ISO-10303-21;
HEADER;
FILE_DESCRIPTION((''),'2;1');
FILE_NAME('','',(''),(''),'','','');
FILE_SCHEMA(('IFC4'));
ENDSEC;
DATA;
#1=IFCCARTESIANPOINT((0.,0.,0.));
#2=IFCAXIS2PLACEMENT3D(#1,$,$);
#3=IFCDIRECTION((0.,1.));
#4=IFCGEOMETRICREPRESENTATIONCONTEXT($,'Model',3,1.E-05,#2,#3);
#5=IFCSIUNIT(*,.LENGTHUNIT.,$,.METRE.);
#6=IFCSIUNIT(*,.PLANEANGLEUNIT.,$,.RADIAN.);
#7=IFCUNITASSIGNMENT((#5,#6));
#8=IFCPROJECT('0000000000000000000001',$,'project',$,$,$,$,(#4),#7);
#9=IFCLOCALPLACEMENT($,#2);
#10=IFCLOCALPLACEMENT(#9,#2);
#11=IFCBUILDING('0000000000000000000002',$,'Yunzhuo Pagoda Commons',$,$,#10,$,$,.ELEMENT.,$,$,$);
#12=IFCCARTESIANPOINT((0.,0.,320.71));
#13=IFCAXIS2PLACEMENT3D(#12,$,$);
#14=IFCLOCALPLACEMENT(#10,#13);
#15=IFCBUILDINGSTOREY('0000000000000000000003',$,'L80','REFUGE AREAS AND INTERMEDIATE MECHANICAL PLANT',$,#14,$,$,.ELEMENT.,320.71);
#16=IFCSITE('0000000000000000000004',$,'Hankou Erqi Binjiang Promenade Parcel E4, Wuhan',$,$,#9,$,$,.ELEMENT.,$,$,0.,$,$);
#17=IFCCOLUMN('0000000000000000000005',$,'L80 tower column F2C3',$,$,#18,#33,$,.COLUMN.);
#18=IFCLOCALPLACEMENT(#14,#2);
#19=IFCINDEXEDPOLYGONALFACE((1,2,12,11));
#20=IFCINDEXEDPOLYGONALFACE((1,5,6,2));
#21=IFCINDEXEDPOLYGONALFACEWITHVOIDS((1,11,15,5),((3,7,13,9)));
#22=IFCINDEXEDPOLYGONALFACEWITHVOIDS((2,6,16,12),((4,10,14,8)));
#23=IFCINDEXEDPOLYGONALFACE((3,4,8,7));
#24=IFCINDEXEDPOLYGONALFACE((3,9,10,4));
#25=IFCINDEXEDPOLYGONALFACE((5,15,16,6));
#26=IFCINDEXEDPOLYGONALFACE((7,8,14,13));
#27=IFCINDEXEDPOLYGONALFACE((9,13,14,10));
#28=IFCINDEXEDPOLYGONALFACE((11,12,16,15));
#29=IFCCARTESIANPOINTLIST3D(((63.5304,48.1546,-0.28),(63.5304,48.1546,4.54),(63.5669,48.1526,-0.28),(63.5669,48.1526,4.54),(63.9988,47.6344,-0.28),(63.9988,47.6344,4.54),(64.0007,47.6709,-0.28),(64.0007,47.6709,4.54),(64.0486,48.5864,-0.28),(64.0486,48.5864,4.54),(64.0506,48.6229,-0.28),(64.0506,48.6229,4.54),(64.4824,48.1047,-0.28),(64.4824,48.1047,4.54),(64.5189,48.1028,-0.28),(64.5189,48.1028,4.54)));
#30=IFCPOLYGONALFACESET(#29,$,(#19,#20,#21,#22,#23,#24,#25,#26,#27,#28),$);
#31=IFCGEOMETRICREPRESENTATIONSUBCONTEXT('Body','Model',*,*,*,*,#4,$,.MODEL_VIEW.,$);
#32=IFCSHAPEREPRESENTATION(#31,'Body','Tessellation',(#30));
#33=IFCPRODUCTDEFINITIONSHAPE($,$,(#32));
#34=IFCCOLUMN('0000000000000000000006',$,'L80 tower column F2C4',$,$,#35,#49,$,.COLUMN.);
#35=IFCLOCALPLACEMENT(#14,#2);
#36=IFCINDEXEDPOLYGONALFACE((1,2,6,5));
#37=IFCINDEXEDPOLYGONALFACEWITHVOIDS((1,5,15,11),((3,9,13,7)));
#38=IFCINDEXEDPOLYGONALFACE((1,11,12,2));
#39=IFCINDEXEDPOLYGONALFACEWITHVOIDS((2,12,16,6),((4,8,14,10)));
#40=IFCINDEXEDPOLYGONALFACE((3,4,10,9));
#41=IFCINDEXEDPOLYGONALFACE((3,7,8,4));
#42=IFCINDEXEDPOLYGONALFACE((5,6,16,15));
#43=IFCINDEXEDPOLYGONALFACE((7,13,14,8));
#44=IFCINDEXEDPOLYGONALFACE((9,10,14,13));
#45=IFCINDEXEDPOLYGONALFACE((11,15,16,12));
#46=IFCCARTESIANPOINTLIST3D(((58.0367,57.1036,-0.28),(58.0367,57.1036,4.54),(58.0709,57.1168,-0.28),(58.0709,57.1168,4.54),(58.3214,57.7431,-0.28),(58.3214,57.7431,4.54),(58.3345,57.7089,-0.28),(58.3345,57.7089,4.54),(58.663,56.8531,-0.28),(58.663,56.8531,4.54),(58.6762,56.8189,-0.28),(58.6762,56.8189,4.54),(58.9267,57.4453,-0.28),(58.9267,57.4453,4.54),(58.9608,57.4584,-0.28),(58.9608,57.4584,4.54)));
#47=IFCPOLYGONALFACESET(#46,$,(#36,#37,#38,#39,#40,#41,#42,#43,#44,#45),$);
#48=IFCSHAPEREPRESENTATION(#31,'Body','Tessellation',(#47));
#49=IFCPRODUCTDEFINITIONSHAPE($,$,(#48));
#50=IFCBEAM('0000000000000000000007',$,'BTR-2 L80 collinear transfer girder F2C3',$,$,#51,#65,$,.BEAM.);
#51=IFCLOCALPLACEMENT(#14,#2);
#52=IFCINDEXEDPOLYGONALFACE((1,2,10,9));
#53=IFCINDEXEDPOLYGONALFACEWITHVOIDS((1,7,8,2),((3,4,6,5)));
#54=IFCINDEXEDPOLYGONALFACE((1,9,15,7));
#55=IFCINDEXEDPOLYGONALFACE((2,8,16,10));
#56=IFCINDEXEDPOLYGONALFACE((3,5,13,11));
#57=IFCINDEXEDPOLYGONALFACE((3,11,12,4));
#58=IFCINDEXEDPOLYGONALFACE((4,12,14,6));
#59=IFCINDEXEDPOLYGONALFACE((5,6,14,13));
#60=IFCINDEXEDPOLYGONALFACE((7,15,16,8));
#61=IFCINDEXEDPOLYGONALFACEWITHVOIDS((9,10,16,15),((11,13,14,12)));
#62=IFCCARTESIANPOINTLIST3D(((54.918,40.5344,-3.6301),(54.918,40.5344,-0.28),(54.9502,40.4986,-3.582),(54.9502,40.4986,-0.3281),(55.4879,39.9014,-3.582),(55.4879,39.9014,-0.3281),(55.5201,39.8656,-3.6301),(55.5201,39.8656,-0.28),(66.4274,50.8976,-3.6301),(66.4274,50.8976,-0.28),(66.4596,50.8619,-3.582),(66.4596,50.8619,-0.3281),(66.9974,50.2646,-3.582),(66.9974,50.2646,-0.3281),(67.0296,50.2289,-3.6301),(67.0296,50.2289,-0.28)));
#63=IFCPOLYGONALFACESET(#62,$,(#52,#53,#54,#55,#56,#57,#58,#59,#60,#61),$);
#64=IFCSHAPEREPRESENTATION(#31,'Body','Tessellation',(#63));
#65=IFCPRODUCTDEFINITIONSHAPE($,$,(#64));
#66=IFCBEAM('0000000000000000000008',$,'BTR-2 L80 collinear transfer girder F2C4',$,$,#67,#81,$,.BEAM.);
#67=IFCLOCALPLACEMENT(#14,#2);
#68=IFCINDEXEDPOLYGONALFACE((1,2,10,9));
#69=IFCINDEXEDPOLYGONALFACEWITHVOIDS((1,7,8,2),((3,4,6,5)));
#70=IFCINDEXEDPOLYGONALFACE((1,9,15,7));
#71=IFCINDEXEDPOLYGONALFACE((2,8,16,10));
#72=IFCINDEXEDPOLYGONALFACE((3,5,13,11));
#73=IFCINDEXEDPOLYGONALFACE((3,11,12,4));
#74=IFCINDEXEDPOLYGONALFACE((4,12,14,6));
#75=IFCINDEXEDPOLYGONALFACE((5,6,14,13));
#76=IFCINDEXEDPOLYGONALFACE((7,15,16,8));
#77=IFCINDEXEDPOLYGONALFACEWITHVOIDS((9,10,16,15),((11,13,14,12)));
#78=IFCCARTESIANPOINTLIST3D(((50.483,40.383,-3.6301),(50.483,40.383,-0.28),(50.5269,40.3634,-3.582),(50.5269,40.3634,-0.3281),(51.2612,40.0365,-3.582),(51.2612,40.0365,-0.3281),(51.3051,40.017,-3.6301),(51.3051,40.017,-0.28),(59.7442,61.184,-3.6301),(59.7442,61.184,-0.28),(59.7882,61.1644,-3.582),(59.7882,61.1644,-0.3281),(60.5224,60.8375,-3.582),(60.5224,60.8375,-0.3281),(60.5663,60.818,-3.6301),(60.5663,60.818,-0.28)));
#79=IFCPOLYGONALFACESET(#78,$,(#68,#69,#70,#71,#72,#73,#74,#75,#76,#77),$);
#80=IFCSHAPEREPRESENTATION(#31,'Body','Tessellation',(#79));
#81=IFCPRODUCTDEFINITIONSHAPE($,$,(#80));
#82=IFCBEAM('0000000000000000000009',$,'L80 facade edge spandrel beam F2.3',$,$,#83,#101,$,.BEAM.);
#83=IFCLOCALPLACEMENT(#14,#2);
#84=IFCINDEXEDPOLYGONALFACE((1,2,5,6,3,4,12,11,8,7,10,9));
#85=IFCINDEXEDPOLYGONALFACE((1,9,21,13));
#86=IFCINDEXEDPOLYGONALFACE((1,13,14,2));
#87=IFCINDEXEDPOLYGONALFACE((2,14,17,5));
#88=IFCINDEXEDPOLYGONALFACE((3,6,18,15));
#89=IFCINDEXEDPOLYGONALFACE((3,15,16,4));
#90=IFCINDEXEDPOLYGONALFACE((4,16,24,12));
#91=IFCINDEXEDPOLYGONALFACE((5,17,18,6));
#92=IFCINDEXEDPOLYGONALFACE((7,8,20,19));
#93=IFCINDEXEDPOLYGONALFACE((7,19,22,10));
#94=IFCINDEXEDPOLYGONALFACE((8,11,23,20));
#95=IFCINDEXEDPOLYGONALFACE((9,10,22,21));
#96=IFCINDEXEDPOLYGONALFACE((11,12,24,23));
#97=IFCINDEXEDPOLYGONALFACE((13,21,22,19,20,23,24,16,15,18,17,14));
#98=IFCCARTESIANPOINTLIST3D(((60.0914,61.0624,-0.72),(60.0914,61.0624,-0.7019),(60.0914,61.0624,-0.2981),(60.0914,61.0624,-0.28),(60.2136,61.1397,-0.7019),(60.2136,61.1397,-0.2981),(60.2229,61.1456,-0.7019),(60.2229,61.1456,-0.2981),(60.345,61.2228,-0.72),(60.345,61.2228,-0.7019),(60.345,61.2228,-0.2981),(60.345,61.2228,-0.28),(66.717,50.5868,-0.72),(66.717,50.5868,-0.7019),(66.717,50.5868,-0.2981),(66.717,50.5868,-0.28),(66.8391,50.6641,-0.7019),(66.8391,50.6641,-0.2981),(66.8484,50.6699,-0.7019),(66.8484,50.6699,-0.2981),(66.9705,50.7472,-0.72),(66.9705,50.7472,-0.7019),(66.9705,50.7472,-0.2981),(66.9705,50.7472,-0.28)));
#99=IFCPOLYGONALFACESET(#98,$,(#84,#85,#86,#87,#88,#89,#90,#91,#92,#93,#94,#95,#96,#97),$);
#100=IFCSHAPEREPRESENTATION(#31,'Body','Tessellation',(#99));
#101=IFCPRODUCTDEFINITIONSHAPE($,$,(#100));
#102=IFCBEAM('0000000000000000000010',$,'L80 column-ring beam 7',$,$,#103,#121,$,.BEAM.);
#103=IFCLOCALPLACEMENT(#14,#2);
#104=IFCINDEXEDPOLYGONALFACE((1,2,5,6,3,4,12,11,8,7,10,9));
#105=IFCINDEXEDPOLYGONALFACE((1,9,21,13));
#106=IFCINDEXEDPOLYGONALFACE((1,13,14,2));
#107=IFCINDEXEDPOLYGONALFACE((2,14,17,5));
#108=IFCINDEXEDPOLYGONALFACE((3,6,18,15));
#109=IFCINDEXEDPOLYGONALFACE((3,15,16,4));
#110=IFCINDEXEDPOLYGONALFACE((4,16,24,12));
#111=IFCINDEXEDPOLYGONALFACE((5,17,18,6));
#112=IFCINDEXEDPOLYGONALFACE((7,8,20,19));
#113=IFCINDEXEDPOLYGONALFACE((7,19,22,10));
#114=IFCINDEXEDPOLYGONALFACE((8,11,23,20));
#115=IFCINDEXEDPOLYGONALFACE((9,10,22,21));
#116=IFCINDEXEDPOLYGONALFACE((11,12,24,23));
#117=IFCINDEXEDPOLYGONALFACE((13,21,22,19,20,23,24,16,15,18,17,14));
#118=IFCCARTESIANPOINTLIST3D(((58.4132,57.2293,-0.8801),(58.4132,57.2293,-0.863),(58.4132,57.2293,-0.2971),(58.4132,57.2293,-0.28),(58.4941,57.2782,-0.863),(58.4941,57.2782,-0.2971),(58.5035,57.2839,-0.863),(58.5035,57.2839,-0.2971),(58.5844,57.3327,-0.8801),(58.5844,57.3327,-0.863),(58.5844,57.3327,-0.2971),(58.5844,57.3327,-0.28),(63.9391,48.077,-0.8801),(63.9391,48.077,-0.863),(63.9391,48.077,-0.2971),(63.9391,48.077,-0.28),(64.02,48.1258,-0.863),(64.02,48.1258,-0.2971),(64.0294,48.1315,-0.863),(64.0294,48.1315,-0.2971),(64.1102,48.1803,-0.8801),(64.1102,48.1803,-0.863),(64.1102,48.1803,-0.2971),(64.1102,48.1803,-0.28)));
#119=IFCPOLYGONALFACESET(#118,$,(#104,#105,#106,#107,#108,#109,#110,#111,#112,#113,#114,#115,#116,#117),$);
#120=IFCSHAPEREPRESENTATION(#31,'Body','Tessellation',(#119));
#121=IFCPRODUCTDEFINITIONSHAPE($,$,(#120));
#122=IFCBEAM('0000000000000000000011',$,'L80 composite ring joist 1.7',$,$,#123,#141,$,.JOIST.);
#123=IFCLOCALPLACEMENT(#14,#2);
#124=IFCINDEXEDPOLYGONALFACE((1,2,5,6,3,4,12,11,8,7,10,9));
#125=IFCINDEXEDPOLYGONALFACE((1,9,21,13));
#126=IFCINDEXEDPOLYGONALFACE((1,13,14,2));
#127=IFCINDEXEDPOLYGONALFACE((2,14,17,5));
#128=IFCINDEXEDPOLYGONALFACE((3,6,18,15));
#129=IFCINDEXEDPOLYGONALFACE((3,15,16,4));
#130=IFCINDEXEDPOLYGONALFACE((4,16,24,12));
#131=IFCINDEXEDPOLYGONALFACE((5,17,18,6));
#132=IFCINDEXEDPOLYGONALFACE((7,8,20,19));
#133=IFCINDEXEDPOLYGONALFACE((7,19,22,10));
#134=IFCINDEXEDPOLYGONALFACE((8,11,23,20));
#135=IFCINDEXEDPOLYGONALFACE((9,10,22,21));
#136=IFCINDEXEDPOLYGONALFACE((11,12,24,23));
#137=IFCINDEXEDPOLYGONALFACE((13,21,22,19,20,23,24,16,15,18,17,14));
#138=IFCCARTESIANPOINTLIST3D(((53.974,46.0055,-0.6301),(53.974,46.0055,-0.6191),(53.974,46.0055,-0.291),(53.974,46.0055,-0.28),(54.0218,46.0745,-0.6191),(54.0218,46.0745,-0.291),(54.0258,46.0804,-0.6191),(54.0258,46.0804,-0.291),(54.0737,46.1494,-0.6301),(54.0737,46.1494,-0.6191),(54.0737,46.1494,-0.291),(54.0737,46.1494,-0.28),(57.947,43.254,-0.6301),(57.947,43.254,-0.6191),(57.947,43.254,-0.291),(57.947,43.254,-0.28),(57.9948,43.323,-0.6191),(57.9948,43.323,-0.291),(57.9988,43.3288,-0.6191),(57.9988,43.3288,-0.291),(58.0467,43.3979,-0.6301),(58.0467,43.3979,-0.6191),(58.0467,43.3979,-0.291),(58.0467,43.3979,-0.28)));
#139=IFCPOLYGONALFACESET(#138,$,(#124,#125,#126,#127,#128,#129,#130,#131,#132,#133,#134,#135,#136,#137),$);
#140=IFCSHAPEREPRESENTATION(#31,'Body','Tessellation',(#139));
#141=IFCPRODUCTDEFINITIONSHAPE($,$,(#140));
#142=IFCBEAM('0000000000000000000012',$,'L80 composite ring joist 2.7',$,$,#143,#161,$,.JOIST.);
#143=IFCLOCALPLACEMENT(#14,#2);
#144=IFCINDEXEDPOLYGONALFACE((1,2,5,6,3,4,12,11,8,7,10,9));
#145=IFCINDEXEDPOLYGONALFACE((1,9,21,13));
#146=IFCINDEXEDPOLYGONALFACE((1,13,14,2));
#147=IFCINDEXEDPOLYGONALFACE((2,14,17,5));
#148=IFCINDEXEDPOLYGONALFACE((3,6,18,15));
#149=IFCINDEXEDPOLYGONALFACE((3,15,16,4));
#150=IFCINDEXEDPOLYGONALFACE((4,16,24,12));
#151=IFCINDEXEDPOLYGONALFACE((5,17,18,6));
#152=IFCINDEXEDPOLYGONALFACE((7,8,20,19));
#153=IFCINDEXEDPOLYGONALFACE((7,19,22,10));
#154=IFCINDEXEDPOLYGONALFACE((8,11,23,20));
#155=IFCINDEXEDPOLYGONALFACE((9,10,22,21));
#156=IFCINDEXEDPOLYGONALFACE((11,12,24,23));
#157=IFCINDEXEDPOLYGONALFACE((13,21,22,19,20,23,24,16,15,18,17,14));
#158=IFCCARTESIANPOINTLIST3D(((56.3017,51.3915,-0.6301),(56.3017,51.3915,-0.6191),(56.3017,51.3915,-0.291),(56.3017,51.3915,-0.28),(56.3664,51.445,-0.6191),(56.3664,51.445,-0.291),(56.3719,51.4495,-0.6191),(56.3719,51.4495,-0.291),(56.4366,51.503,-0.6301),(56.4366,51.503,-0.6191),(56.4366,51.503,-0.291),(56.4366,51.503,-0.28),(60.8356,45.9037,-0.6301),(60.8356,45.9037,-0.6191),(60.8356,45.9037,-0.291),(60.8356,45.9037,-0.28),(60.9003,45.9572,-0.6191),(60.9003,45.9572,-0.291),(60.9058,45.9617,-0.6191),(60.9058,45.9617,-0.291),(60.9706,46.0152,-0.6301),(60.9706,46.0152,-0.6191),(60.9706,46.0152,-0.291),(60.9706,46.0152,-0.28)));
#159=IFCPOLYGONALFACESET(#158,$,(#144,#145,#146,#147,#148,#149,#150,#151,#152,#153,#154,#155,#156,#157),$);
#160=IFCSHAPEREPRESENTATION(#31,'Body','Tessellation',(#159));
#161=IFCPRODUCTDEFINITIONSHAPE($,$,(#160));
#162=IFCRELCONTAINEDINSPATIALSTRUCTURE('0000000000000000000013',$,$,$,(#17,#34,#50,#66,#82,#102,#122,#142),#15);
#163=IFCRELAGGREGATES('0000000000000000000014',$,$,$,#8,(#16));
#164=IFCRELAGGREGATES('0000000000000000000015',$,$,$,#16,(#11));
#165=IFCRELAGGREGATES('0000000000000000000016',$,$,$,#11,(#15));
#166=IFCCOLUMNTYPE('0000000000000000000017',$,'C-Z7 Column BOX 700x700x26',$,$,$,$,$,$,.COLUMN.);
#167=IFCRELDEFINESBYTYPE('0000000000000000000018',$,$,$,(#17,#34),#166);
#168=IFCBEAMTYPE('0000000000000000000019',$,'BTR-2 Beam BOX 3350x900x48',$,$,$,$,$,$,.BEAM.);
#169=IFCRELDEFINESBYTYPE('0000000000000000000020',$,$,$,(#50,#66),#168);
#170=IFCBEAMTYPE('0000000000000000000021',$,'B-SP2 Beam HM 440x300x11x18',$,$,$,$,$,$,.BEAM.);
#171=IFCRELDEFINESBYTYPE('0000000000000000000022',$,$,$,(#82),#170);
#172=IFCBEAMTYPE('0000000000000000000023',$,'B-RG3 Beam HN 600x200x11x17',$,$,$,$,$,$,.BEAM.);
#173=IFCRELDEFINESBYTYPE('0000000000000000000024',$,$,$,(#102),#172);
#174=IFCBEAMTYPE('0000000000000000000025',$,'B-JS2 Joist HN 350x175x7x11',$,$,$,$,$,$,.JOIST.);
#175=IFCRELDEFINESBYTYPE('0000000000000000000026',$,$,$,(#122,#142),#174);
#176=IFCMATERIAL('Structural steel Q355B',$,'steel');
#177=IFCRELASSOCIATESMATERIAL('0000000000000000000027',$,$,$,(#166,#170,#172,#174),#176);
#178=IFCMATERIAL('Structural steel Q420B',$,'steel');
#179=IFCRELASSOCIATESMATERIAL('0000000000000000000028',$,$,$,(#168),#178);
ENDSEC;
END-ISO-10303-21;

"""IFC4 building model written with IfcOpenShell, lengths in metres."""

from ifc_helpers import new_model, si_unit, direction, frame, origin, origin_2d, place, context, subcontext, project, spatial, hollow_rectangle, i_section, extrude, source, transform, mapped, material, material_profile, profile_set, type_object, element, save


model = new_model("IFC4")

# Units and contexts
model_context = context("Model", 3, precision=1e-05, world=origin(), true_north=direction((0.0, 1.0)))
body_context = subcontext(model_context, "Body", "Model", "MODEL_VIEW")
ifc_project = project(units=[si_unit("LENGTHUNIT", "METRE"), si_unit("PLANEANGLEUNIT", "RADIAN")], contexts=[model_context])

# Site, building, storey
site_placement = place(None, origin())
site = spatial("IfcSite", under=ifc_project, at=site_placement, Name="Hankou Erqi Binjiang Promenade Parcel E4, Wuhan", CompositionType="ELEMENT", RefElevation=0.0)
building_placement = place(site_placement, origin())
building = spatial("IfcBuilding", under=site, at=building_placement, Name="Yunzhuo Pagoda Commons", CompositionType="ELEMENT")
storey_placement = place(building_placement, frame((0.0, 0.0, 320.71)))
storey = spatial("IfcBuildingStorey", under=building, at=storey_placement, Name="L80", Description="REFUGE AREAS AND INTERMEDIATE MECHANICAL PLANT", CompositionType="ELEMENT", Elevation=320.71)

# Columns
ifc_material_1 = material(Name="Structural steel Q355B", Category="steel")
ifc_material_profile_1 = material_profile(ifc_material_1, hollow_rectangle(XDim=0.7, YDim=0.7, WallThickness=0.0259, at=origin_2d()), Name="Structural steel Q355B")
ifc_profile_set_1 = profile_set([ifc_material_profile_1], Name="Structural steel Q355B")
column_type = type_object("IfcColumnType", Name="C-Z7 Column BOX 700x700x26", PredefinedType="COLUMN", material=ifc_profile_set_1)
shared_shape_1 = source(origin(), body_context, "Body", "SweptSolid", [
    extrude(hollow_rectangle(XDim=0.7, YDim=0.7, WallThickness=0.0259, at=origin_2d()), origin(), (0.0, 0.0, 1.0), 4.8201),
])
for number, where, z_axis, x_axis, name in (
    (1, (64.0247, 48.1287, -0.28), (0.0, 0.0, 1.0), (-0.669131, 0.743145, 0.0), "L80 tower column F2C3"),
    (2, (58.4988, 57.281, -0.28), (0.0, 0.0, 1.0), (-0.913545, 0.406737, 0.0), "L80 tower column F2C4"),
):
    element("IfcColumn", number, at=place(storey_placement, frame(where, z_axis=z_axis, x_axis=x_axis)), inside=storey, type_object=column_type, Name=name, PredefinedType="COLUMN", context=body_context, shape_type="MappedRepresentation", body=[
        mapped(shared_shape_1, transform((0.0, 0.0, 0.0), scale=1.0)),
    ])

# Beams
ifc_material_2 = material(Name="Structural steel Q420B", Category="steel")
ifc_material_profile_2 = material_profile(ifc_material_2, hollow_rectangle(XDim=0.8999, YDim=3.3501, WallThickness=0.0481, at=origin_2d()), Name="Structural steel Q420B")
ifc_profile_set_2 = profile_set([ifc_material_profile_2], Name="Structural steel Q420B")
beam_type_1 = type_object("IfcBeamType", Name="BTR-2 Beam BOX 3350x900x48", PredefinedType="BEAM", material=ifc_profile_set_2)
shared_shape_2 = source(origin(), body_context, "Body", "SweptSolid", [
    extrude(hollow_rectangle(XDim=0.8999, YDim=3.3501, WallThickness=0.0481, at=origin_2d()), origin(), (0.0, 0.0, 1.0), 15.4875),
])
beam_1_placement = place(storey_placement, frame((66.7285, 50.5632, -1.9551), z_axis=(-0.743143, -0.669133, 0.0), x_axis=(0.669133, -0.743143, 0.0)))
element("IfcBeam", 3, at=beam_1_placement, inside=storey, type_object=beam_type_1, Name="BTR-2 L80 collinear transfer girder F2C3", PredefinedType="BEAM", context=body_context, shape_type="MappedRepresentation", body=[
    mapped(shared_shape_2, transform((0.0, 0.0, 0.0), scale=1.0)),
])
shared_shape_3 = source(origin(), body_context, "Body", "SweptSolid", [
    extrude(hollow_rectangle(XDim=0.8999, YDim=3.3501, WallThickness=0.0481, at=origin_2d()), origin(), (0.0, 0.0, 1.0), 22.7695),
])
beam_2_placement = place(storey_placement, frame((60.1553, 61.001, -1.9551), z_axis=(-0.406737, -0.913545, 0.0), x_axis=(0.913545, -0.406737, 0.0)))
element("IfcBeam", 4, at=beam_2_placement, inside=storey, type_object=beam_type_1, Name="BTR-2 L80 collinear transfer girder F2C4", PredefinedType="BEAM", context=body_context, shape_type="MappedRepresentation", body=[
    mapped(shared_shape_3, transform((0.0, 0.0, 0.0), scale=1.0)),
])
ifc_material_profile_3 = material_profile(ifc_material_1, i_section(OverallWidth=0.3, OverallDepth=0.4399, WebThickness=0.011, FlangeThickness=0.0181, at=origin_2d()), Name="Structural steel Q355B")
ifc_profile_set_3 = profile_set([ifc_material_profile_3], Name="Structural steel Q355B")
beam_type_2 = type_object("IfcBeamType", Name="B-SP2 Beam HM 440x300x11x18", PredefinedType="BEAM", material=ifc_profile_set_3)
shared_shape_4 = source(origin(), body_context, "Body", "SweptSolid", [
    extrude(i_section(OverallWidth=0.3, OverallDepth=0.4399, WebThickness=0.011, FlangeThickness=0.0181, at=origin_2d()), origin(), (0.0, 0.0, 1.0), 12.395),
])
beam_3_placement = place(storey_placement, frame((66.8438, 50.667, -0.5), z_axis=(-0.534531, 0.845149, 0.0), x_axis=(-0.845149, -0.534531, 0.0)))
element("IfcBeam", 5, at=beam_3_placement, inside=storey, type_object=beam_type_2, Name="L80 facade edge spandrel beam F2.3", PredefinedType="BEAM", context=body_context, shape_type="MappedRepresentation", body=[
    mapped(shared_shape_4, transform((0.0, 0.0, 0.0), scale=1.0)),
])
ifc_material_profile_4 = material_profile(ifc_material_1, i_section(OverallWidth=0.2, OverallDepth=0.6001, WebThickness=0.011, FlangeThickness=0.0171, at=origin_2d()), Name="Structural steel Q355B")
ifc_profile_set_4 = profile_set([ifc_material_profile_4], Name="Structural steel Q355B")
beam_type_3 = type_object("IfcBeamType", Name="B-RG3 Beam HN 600x200x11x17", PredefinedType="BEAM", material=ifc_profile_set_4)
shared_shape_5 = source(origin(), body_context, "Body", "SweptSolid", [
    extrude(i_section(OverallWidth=0.2, OverallDepth=0.6001, WebThickness=0.011, FlangeThickness=0.0171, at=origin_2d()), origin(), (0.0, 0.0, 1.0), 10.6912),
])
beam_4_placement = place(storey_placement, frame((64.0247, 48.1287, -0.5801), z_axis=(-0.516865, 0.856067, 0.0), x_axis=(-0.856067, -0.516865, 0.0)))
element("IfcBeam", 6, at=beam_4_placement, inside=storey, type_object=beam_type_3, Name="L80 column-ring beam 7", PredefinedType="BEAM", context=body_context, shape_type="MappedRepresentation", body=[
    mapped(shared_shape_5, transform((0.0, 0.0, 0.0), scale=1.0)),
])
ifc_material_profile_5 = material_profile(ifc_material_1, i_section(OverallWidth=0.175, OverallDepth=0.3501, WebThickness=0.0071, FlangeThickness=0.011, at=origin_2d()), Name="Structural steel Q355B")
ifc_profile_set_5 = profile_set([ifc_material_profile_5], Name="Structural steel Q355B")
beam_type_4 = type_object("IfcBeamType", Name="B-JS2 Joist HN 350x175x7x11", PredefinedType="JOIST", material=ifc_profile_set_5)
shared_shape_6 = source(origin(), body_context, "Body", "SweptSolid", [
    extrude(i_section(OverallWidth=0.175, OverallDepth=0.3501, WebThickness=0.0071, FlangeThickness=0.011, at=origin_2d()), origin(), (0.0, 0.0, 1.0), 4.8328),
])
beam_5_placement = place(storey_placement, frame((57.9968, 43.3259, -0.4551), z_axis=(-0.822096, 0.569349, 0.0), x_axis=(-0.569349, -0.822096, 0.0)))
element("IfcBeam", 7, at=beam_5_placement, inside=storey, type_object=beam_type_4, Name="L80 composite ring joist 1.7", PredefinedType="JOIST", context=body_context, shape_type="MappedRepresentation", body=[
    mapped(shared_shape_6, transform((0.0, 0.0, 0.0), scale=1.0)),
])
shared_shape_7 = source(origin(), body_context, "Body", "SweptSolid", [
    extrude(i_section(OverallWidth=0.175, OverallDepth=0.3501, WebThickness=0.0071, FlangeThickness=0.011, at=origin_2d()), origin(), (0.0, 0.0, 1.0), 7.1184),
])
beam_6_placement = place(storey_placement, frame((60.9031, 45.9595, -0.4551), z_axis=(-0.636927, 0.770924, 0.0), x_axis=(-0.770924, -0.636927, 0.0)))
element("IfcBeam", 8, at=beam_6_placement, inside=storey, type_object=beam_type_4, Name="L80 composite ring joist 2.7", PredefinedType="JOIST", context=body_context, shape_type="MappedRepresentation", body=[
    mapped(shared_shape_7, transform((0.0, 0.0, 0.0), scale=1.0)),
])

save(model, "model.ifc")
